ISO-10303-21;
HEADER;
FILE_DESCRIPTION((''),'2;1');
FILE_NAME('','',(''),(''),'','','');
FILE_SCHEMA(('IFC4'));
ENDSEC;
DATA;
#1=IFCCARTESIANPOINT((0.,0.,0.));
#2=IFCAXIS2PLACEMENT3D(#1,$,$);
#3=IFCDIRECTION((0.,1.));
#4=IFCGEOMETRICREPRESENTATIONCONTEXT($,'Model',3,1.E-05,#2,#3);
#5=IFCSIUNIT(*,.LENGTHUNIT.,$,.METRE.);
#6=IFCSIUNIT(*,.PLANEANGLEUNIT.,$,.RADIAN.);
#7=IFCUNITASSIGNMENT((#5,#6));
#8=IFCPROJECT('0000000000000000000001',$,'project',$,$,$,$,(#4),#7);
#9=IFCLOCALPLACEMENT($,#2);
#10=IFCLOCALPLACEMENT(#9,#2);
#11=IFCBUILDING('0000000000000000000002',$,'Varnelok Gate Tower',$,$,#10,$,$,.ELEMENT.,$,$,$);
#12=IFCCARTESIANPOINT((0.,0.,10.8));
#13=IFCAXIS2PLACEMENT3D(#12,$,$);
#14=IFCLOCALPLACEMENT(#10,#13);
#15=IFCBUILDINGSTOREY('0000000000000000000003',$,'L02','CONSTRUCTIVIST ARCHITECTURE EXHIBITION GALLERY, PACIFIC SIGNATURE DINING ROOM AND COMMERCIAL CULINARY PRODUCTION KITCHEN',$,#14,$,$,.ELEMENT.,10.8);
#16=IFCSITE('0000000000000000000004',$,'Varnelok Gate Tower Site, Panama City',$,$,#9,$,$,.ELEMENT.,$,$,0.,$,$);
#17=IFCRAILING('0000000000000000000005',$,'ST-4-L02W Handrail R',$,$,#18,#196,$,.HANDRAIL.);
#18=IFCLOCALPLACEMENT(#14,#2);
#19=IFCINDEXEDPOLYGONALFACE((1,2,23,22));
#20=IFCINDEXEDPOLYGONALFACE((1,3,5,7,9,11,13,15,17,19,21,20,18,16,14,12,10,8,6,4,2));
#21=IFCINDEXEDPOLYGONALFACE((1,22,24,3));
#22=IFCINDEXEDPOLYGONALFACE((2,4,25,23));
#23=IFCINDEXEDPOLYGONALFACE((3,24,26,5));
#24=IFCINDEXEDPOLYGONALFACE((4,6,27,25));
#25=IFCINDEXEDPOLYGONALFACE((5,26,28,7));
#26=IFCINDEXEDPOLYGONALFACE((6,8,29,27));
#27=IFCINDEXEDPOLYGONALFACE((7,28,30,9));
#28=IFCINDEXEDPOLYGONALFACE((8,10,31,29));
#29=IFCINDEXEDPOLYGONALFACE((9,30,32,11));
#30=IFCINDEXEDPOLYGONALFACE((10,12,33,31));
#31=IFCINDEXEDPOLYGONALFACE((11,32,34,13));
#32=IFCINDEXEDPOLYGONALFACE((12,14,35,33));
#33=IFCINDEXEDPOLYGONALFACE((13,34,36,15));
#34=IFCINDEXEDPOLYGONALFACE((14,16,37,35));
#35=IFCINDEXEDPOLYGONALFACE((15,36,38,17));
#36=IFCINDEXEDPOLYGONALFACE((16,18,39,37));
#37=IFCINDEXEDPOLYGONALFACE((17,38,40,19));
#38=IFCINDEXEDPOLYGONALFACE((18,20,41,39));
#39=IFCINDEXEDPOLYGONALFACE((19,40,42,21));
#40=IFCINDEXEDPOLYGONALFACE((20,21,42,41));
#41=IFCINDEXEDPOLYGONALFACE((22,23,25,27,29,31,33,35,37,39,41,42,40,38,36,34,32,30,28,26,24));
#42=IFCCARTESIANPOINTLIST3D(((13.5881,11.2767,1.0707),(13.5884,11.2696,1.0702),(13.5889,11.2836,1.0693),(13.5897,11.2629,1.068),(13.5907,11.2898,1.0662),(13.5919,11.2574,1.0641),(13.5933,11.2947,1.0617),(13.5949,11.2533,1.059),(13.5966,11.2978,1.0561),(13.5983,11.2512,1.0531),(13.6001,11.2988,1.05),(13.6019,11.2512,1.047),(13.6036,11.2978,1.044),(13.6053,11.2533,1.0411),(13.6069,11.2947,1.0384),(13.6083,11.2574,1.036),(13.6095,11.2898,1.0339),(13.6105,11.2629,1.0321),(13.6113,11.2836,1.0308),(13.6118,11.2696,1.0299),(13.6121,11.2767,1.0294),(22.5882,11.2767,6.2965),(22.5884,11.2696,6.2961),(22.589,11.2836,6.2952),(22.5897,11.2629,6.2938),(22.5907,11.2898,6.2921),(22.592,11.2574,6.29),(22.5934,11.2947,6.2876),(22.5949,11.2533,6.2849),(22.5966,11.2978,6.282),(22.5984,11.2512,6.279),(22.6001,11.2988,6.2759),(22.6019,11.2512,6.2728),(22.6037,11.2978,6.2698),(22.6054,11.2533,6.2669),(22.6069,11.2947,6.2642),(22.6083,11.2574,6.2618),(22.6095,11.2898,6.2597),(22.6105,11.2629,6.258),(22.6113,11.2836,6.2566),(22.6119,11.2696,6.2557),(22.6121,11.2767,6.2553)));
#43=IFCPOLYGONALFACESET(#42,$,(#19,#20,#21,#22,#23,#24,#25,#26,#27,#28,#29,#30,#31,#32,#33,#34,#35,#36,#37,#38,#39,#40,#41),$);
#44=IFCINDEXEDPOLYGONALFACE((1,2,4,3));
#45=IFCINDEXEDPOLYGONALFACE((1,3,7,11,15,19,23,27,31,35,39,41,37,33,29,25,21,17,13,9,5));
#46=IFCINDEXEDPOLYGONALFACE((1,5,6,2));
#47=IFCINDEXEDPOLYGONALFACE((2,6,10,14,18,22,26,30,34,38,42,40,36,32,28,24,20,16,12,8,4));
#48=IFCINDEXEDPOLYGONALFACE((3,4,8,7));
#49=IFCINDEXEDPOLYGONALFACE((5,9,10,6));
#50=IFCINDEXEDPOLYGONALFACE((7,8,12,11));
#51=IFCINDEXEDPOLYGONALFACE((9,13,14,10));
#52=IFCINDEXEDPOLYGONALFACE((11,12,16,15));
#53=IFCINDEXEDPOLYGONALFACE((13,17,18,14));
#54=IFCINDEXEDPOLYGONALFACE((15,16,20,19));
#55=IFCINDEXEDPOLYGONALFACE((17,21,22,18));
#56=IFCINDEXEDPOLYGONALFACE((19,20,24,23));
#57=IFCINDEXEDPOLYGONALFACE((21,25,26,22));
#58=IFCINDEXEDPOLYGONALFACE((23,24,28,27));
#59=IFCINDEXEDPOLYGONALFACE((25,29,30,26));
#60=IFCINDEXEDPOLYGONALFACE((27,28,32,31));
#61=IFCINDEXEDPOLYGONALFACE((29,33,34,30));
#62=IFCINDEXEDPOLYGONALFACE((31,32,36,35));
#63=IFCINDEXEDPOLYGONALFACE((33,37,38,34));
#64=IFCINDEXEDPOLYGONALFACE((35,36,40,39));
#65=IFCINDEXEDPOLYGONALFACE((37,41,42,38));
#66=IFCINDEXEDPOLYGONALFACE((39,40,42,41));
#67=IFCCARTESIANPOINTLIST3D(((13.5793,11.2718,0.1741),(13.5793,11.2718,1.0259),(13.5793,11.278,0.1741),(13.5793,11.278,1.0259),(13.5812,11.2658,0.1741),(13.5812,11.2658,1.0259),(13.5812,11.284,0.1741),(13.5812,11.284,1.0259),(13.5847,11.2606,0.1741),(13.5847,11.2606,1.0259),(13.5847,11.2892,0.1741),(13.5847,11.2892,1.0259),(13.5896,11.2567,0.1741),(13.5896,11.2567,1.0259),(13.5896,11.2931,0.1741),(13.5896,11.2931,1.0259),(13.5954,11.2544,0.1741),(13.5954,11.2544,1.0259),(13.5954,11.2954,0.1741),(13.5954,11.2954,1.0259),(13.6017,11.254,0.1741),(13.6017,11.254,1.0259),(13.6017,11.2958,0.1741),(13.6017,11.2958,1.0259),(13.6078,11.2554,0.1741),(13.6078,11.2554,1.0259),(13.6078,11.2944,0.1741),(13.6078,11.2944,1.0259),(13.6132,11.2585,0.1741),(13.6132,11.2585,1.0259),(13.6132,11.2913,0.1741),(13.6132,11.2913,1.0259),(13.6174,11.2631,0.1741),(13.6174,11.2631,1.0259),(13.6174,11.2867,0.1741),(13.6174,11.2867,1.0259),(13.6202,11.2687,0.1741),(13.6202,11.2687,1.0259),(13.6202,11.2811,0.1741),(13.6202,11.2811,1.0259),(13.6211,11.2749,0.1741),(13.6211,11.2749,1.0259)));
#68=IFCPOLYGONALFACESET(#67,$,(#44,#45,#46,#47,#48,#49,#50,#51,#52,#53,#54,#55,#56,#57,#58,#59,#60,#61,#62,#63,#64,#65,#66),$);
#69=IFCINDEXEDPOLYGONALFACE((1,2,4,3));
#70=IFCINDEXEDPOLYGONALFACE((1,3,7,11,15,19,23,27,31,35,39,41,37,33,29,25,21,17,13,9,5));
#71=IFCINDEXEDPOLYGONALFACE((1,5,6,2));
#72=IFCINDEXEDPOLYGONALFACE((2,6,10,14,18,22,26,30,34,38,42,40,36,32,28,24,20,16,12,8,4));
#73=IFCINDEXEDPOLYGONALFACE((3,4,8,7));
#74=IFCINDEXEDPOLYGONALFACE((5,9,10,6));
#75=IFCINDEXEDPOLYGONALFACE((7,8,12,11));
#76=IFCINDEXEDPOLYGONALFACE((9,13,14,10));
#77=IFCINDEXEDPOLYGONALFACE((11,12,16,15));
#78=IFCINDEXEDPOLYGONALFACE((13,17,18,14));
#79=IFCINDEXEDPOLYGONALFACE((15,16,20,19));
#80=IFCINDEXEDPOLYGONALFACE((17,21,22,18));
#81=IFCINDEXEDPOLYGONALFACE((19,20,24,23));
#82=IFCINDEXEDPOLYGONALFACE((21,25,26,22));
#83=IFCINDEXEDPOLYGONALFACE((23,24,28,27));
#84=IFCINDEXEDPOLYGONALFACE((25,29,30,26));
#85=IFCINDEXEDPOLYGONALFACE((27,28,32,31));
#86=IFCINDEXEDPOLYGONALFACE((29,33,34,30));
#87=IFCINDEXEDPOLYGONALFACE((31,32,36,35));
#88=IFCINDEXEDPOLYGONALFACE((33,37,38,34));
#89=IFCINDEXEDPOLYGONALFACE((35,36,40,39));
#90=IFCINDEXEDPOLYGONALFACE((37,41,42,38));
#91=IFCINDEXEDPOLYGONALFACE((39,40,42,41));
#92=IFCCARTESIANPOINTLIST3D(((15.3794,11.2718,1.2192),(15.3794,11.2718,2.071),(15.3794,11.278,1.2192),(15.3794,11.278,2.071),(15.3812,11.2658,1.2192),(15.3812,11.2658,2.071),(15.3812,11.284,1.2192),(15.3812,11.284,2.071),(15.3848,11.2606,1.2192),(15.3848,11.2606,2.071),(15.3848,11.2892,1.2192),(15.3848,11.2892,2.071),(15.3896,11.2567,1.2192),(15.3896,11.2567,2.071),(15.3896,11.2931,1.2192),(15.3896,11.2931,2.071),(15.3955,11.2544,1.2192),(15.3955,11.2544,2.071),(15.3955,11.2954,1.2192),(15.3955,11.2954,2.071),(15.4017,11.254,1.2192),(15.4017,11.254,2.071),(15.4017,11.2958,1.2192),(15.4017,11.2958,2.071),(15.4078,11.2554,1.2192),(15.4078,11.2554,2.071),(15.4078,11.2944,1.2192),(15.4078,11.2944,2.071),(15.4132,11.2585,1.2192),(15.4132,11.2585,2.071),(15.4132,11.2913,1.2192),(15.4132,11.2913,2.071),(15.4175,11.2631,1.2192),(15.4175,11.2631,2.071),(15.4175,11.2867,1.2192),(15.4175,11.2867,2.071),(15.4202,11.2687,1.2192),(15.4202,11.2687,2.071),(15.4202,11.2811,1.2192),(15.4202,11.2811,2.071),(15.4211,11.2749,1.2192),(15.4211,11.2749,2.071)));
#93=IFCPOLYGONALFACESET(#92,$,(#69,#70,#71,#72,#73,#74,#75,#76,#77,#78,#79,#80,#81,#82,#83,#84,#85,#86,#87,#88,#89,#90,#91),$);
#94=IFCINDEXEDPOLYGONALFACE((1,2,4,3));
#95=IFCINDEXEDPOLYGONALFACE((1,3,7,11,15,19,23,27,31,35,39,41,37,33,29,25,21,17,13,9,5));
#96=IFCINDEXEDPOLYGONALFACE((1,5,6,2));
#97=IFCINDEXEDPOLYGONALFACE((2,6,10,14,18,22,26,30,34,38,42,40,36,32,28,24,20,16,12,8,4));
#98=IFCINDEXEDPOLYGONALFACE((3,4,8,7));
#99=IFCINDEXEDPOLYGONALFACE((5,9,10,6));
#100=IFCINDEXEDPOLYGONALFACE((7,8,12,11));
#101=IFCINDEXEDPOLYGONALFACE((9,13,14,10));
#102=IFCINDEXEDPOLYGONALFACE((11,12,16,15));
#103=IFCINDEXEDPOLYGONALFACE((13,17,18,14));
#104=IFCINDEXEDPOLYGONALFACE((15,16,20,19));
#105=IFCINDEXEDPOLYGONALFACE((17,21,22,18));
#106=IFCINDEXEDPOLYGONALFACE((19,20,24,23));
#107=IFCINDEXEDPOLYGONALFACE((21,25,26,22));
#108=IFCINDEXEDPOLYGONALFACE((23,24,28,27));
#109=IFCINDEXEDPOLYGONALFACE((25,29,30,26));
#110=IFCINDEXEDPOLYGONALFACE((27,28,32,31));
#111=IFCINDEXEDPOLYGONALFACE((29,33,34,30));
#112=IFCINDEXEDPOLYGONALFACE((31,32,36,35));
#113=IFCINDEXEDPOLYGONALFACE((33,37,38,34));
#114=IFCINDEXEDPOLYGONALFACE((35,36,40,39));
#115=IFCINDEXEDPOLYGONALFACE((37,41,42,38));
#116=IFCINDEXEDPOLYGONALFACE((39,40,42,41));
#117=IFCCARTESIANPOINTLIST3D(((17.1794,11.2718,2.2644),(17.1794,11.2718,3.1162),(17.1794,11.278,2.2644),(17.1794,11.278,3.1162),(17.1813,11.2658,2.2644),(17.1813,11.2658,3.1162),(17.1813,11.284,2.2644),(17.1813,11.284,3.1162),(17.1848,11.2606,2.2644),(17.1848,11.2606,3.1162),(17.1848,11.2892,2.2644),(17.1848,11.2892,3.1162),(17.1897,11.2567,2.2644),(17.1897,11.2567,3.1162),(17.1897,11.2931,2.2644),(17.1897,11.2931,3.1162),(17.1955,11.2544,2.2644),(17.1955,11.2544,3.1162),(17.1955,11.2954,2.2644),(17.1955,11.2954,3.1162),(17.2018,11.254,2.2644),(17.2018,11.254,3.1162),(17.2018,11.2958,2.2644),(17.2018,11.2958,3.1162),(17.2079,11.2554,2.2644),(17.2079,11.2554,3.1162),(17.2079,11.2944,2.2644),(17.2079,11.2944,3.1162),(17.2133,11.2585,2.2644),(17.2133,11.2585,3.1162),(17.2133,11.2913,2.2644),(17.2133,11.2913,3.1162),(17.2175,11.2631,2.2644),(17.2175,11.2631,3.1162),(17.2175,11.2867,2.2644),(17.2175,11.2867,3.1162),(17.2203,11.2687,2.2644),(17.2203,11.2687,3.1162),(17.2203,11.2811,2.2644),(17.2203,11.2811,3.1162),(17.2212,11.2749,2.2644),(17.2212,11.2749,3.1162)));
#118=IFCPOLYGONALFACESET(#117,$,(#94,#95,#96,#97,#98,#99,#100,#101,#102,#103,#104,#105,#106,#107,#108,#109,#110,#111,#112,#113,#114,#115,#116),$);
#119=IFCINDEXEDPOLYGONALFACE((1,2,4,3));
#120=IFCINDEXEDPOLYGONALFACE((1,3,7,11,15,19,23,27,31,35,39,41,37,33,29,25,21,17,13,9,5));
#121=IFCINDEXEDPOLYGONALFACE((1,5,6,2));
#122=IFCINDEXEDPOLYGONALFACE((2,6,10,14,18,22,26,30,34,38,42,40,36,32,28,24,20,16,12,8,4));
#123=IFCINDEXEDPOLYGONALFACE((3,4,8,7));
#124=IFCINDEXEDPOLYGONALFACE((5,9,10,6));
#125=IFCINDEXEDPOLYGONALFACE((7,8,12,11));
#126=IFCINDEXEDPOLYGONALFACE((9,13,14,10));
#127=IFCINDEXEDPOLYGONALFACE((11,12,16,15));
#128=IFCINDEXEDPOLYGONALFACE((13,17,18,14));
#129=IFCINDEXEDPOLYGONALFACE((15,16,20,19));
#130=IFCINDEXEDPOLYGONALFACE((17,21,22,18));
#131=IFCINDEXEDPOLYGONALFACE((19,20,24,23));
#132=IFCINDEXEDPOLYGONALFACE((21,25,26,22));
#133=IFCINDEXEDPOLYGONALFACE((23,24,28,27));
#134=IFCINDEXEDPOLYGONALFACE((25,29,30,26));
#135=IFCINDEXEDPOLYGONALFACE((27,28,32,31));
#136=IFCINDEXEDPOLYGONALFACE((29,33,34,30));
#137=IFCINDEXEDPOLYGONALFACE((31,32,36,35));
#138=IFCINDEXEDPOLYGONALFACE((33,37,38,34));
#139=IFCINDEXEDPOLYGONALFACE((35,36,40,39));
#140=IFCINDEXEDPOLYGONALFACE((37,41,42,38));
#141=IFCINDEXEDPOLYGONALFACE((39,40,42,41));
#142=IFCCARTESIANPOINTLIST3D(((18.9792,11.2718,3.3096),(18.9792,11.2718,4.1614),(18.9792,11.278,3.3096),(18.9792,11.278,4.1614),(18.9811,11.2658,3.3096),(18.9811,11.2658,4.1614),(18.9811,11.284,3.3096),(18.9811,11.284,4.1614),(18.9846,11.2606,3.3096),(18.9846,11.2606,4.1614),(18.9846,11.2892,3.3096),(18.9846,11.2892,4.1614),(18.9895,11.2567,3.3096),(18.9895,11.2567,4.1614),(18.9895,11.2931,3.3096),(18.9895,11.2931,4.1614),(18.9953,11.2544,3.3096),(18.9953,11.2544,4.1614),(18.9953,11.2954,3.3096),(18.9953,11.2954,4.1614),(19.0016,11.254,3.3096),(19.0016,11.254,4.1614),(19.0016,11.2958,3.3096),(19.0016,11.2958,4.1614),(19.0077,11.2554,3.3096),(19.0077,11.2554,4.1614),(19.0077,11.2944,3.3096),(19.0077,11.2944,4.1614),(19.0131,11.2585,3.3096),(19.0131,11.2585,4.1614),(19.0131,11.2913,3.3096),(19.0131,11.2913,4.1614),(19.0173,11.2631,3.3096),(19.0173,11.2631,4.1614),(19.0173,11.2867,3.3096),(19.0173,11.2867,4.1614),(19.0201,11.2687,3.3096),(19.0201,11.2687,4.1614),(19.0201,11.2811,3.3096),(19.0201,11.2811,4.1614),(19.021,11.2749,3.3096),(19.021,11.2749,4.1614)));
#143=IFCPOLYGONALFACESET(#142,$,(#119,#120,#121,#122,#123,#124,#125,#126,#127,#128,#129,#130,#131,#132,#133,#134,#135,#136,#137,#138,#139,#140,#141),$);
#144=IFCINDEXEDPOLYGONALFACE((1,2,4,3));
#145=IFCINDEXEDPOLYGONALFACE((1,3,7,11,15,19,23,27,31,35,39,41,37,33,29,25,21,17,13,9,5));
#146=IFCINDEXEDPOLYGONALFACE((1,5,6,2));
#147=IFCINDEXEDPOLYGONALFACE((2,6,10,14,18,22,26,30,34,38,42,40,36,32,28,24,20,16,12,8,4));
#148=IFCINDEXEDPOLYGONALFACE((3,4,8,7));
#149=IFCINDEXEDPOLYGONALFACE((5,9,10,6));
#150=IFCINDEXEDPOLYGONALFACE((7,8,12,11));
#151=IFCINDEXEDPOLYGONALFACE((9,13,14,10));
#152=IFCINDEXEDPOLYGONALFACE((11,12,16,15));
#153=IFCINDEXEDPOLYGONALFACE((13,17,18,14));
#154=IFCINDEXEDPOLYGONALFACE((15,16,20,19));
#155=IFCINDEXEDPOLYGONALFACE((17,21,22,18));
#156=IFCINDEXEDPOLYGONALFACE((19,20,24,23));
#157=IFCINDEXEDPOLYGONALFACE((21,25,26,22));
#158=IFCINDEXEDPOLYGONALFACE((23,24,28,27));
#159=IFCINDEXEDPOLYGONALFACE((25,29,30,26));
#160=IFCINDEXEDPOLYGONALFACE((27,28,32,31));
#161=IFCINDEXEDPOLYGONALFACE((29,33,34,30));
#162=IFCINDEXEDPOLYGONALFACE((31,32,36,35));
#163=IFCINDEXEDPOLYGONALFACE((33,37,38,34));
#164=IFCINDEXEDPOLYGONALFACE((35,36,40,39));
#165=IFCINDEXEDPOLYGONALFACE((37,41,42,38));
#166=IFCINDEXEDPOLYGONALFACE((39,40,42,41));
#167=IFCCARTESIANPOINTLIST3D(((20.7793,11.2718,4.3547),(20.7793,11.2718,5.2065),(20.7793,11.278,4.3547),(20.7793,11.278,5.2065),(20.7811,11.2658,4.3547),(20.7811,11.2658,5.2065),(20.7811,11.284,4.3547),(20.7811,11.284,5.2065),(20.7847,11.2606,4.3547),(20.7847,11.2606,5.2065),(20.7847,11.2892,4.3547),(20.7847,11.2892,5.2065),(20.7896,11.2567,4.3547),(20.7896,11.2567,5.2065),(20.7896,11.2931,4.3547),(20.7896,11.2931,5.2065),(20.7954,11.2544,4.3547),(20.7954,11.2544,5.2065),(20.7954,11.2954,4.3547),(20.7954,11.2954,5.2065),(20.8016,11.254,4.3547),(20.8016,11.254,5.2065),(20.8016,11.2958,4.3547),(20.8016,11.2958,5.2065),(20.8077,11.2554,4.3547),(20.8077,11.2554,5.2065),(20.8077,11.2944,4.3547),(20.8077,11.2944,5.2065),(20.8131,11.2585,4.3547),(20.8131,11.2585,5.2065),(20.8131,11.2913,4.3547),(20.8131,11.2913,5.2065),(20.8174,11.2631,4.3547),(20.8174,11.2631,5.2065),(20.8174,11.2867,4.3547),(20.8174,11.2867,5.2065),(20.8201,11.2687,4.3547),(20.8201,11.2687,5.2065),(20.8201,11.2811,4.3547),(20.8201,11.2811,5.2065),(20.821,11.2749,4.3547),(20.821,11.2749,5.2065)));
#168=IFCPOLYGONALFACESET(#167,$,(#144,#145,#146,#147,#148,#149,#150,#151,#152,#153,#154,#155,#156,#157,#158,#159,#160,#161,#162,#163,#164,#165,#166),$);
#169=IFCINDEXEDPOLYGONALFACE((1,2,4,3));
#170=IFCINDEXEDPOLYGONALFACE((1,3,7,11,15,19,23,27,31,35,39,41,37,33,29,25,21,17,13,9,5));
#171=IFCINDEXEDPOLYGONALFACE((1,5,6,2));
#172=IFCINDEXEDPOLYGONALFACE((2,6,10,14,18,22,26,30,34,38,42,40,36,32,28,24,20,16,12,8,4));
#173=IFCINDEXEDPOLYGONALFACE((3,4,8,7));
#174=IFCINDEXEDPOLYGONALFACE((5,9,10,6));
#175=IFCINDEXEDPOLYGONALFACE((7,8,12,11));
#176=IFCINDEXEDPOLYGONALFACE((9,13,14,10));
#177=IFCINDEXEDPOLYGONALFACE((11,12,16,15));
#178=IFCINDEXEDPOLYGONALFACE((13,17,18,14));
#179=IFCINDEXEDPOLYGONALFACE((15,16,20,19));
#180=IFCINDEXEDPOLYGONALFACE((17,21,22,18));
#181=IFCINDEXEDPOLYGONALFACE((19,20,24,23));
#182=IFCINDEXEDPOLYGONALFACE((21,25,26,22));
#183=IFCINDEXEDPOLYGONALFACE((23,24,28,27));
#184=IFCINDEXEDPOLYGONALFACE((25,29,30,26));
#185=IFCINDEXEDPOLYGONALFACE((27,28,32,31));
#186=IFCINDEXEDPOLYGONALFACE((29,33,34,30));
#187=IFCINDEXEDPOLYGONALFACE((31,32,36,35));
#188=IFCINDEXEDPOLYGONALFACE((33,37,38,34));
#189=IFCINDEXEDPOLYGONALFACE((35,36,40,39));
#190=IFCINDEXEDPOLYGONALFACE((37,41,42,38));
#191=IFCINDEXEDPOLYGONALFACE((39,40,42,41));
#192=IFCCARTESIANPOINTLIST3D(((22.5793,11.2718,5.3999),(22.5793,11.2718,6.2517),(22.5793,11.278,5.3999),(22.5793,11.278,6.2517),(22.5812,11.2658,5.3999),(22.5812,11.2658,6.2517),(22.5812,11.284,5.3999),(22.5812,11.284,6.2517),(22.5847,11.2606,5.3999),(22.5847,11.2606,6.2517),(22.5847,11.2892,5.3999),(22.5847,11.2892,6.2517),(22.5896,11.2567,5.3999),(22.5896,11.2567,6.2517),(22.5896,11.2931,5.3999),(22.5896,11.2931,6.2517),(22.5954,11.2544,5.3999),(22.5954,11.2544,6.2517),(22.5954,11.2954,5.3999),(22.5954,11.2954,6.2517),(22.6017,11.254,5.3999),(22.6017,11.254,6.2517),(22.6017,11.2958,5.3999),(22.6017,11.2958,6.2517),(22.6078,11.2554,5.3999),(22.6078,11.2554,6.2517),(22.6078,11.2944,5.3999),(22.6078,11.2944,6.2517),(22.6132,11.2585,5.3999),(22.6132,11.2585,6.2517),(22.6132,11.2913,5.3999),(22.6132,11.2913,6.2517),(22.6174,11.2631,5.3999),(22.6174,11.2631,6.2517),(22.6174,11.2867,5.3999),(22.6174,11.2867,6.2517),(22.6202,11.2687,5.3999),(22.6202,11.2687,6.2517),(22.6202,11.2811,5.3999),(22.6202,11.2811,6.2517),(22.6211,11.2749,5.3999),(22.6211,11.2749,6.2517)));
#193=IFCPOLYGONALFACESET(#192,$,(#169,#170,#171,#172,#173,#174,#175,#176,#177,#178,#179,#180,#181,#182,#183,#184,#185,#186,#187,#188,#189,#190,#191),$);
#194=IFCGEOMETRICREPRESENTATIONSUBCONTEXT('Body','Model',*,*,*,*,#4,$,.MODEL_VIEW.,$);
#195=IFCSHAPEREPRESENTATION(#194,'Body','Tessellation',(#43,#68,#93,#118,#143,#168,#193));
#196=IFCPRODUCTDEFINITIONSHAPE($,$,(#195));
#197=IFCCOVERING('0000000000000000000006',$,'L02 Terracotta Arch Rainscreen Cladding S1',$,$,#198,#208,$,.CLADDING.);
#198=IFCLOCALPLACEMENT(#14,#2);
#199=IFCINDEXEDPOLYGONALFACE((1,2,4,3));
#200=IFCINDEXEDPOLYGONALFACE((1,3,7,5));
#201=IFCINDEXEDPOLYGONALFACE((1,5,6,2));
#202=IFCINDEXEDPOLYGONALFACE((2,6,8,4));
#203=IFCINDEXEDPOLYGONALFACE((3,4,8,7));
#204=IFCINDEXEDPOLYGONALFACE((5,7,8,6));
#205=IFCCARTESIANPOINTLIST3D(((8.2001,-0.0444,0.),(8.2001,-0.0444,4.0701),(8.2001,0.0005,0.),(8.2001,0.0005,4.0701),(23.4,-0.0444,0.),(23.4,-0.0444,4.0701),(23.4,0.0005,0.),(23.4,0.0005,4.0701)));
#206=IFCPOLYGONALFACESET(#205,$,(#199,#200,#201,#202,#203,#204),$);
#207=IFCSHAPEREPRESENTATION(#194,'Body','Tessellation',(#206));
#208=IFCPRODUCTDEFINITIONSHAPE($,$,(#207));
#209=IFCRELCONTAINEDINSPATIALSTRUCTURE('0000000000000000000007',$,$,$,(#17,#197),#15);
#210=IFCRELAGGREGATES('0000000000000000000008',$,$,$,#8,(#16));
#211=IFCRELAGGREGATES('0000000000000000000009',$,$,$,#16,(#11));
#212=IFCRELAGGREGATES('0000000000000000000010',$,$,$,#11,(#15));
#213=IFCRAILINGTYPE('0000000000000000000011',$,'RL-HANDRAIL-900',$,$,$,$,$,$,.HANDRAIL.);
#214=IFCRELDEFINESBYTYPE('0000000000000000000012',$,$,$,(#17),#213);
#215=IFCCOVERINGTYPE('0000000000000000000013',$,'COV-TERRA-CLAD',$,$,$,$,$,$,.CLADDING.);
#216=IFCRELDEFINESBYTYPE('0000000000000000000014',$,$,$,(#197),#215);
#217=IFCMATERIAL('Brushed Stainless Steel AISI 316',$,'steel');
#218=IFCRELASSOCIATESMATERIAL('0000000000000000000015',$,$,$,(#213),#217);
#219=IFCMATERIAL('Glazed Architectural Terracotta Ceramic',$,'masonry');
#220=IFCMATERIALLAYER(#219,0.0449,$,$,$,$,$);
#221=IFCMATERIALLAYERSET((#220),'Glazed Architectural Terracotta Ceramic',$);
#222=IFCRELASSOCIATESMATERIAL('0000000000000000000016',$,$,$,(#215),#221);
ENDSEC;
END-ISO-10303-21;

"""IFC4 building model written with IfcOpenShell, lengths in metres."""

from ifc_helpers import new_model, si_unit, direction, frame, origin, origin_2d, place, context, subcontext, project, spatial, rectangle, circle, extrude, source, transform, mapped, material, layer, layer_set, type_object, element, save


model = new_model("IFC4")

# Units and contexts
model_context = context("Model", 3, precision=1e-05, world=origin(), true_north=direction((0.0, 1.0)))
body_context = subcontext(model_context, "Body", "Model", "MODEL_VIEW")
ifc_project = project(units=[si_unit("LENGTHUNIT", "METRE"), si_unit("PLANEANGLEUNIT", "RADIAN")], contexts=[model_context])

# Site, building, storey
site_placement = place(None, origin())
site = spatial("IfcSite", under=ifc_project, at=site_placement, Name="Varnelok Gate Tower Site, Panama City", CompositionType="ELEMENT", RefElevation=0.0)
building_placement = place(site_placement, origin())
building = spatial("IfcBuilding", under=site, at=building_placement, Name="Varnelok Gate Tower", CompositionType="ELEMENT")
storey_placement = place(building_placement, frame((0.0, 0.0, 10.8)))
storey = spatial("IfcBuildingStorey", under=building, at=storey_placement, Name="L02", Description="CONSTRUCTIVIST ARCHITECTURE EXHIBITION GALLERY, PACIFIC SIGNATURE DINING ROOM AND COMMERCIAL CULINARY PRODUCTION KITCHEN", CompositionType="ELEMENT", Elevation=10.8)

# Railing
ifc_material_1 = material(Name="Brushed Stainless Steel AISI 316", Category="steel")
railing_type_1 = type_object("IfcRailingType", Name="RL-HANDRAIL-900", PredefinedType="HANDRAIL", material=ifc_material_1)
for number, where, name in (
    (1, (13.6001, 11.2749, 0.1741), "ST-4-L02W Handrail R"),
):
    element("IfcRailing", number, at=place(storey_placement, frame(where)), inside=storey, type_object=railing_type_1, Name=name, PredefinedType="HANDRAIL", context=body_context, shape_type="SweptSolid", body=[
        extrude(circle(Radius=0.0239, at=origin_2d()), frame((0.0, 0.0, 0.876), z_axis=(0.864788, 0.0, 0.502137), x_axis=(0.0, 1.0, 0.0)), (0.0, 0.0, 1.0), 10.4072),
        extrude(circle(Radius=0.021, at=origin_2d()), origin(), (0.0, 0.0, 1.0), 0.8518),
        extrude(circle(Radius=0.021, at=origin_2d()), frame((1.8, 0.0, 1.0452)), (0.0, 0.0, 1.0), 0.8518),
        extrude(circle(Radius=0.021, at=origin_2d()), frame((3.6001, 0.0, 2.0903)), (0.0, 0.0, 1.0), 0.8518),
        extrude(circle(Radius=0.021, at=origin_2d()), frame((5.3999, 0.0, 3.1355)), (0.0, 0.0, 1.0), 0.8518),
        extrude(circle(Radius=0.021, at=origin_2d()), frame((7.2, 0.0, 4.1807)), (0.0, 0.0, 1.0), 0.8518),
        extrude(circle(Radius=0.021, at=origin_2d()), frame((9.0, 0.0, 5.2258)), (0.0, 0.0, 1.0), 0.8518),
    ])

# Covering
ifc_material_2 = material(Name="Glazed Architectural Terracotta Ceramic", Category="masonry")
ifc_layer_1 = layer(ifc_material_2, 0.0449)
ifc_layer_set_1 = layer_set([ifc_layer_1], Name="Glazed Architectural Terracotta Ceramic")
covering_type = type_object("IfcCoveringType", Name="COV-TERRA-CLAD", PredefinedType="CLADDING", material=ifc_layer_set_1)
shared_shape = source(origin(), body_context, "Body", "SweptSolid", [
    extrude(rectangle(XDim=15.2, YDim=0.0449, at=origin_2d()), origin(), (0.0, 0.0, 1.0), 4.0701),
])
covering_placement = place(storey_placement, frame((15.8, -0.022, 0.0), z_axis=(0.0, 0.0, 1.0), x_axis=(1.0, 0.0, 0.0)))
element("IfcCovering", 2, at=covering_placement, inside=storey, type_object=covering_type, Name="L02 Terracotta Arch Rainscreen Cladding S1", PredefinedType="CLADDING", context=body_context, shape_type="MappedRepresentation", body=[
    mapped(shared_shape, transform((0.0, 0.0, 0.0), scale=1.0)),
])

save(model, "model.ifc")
